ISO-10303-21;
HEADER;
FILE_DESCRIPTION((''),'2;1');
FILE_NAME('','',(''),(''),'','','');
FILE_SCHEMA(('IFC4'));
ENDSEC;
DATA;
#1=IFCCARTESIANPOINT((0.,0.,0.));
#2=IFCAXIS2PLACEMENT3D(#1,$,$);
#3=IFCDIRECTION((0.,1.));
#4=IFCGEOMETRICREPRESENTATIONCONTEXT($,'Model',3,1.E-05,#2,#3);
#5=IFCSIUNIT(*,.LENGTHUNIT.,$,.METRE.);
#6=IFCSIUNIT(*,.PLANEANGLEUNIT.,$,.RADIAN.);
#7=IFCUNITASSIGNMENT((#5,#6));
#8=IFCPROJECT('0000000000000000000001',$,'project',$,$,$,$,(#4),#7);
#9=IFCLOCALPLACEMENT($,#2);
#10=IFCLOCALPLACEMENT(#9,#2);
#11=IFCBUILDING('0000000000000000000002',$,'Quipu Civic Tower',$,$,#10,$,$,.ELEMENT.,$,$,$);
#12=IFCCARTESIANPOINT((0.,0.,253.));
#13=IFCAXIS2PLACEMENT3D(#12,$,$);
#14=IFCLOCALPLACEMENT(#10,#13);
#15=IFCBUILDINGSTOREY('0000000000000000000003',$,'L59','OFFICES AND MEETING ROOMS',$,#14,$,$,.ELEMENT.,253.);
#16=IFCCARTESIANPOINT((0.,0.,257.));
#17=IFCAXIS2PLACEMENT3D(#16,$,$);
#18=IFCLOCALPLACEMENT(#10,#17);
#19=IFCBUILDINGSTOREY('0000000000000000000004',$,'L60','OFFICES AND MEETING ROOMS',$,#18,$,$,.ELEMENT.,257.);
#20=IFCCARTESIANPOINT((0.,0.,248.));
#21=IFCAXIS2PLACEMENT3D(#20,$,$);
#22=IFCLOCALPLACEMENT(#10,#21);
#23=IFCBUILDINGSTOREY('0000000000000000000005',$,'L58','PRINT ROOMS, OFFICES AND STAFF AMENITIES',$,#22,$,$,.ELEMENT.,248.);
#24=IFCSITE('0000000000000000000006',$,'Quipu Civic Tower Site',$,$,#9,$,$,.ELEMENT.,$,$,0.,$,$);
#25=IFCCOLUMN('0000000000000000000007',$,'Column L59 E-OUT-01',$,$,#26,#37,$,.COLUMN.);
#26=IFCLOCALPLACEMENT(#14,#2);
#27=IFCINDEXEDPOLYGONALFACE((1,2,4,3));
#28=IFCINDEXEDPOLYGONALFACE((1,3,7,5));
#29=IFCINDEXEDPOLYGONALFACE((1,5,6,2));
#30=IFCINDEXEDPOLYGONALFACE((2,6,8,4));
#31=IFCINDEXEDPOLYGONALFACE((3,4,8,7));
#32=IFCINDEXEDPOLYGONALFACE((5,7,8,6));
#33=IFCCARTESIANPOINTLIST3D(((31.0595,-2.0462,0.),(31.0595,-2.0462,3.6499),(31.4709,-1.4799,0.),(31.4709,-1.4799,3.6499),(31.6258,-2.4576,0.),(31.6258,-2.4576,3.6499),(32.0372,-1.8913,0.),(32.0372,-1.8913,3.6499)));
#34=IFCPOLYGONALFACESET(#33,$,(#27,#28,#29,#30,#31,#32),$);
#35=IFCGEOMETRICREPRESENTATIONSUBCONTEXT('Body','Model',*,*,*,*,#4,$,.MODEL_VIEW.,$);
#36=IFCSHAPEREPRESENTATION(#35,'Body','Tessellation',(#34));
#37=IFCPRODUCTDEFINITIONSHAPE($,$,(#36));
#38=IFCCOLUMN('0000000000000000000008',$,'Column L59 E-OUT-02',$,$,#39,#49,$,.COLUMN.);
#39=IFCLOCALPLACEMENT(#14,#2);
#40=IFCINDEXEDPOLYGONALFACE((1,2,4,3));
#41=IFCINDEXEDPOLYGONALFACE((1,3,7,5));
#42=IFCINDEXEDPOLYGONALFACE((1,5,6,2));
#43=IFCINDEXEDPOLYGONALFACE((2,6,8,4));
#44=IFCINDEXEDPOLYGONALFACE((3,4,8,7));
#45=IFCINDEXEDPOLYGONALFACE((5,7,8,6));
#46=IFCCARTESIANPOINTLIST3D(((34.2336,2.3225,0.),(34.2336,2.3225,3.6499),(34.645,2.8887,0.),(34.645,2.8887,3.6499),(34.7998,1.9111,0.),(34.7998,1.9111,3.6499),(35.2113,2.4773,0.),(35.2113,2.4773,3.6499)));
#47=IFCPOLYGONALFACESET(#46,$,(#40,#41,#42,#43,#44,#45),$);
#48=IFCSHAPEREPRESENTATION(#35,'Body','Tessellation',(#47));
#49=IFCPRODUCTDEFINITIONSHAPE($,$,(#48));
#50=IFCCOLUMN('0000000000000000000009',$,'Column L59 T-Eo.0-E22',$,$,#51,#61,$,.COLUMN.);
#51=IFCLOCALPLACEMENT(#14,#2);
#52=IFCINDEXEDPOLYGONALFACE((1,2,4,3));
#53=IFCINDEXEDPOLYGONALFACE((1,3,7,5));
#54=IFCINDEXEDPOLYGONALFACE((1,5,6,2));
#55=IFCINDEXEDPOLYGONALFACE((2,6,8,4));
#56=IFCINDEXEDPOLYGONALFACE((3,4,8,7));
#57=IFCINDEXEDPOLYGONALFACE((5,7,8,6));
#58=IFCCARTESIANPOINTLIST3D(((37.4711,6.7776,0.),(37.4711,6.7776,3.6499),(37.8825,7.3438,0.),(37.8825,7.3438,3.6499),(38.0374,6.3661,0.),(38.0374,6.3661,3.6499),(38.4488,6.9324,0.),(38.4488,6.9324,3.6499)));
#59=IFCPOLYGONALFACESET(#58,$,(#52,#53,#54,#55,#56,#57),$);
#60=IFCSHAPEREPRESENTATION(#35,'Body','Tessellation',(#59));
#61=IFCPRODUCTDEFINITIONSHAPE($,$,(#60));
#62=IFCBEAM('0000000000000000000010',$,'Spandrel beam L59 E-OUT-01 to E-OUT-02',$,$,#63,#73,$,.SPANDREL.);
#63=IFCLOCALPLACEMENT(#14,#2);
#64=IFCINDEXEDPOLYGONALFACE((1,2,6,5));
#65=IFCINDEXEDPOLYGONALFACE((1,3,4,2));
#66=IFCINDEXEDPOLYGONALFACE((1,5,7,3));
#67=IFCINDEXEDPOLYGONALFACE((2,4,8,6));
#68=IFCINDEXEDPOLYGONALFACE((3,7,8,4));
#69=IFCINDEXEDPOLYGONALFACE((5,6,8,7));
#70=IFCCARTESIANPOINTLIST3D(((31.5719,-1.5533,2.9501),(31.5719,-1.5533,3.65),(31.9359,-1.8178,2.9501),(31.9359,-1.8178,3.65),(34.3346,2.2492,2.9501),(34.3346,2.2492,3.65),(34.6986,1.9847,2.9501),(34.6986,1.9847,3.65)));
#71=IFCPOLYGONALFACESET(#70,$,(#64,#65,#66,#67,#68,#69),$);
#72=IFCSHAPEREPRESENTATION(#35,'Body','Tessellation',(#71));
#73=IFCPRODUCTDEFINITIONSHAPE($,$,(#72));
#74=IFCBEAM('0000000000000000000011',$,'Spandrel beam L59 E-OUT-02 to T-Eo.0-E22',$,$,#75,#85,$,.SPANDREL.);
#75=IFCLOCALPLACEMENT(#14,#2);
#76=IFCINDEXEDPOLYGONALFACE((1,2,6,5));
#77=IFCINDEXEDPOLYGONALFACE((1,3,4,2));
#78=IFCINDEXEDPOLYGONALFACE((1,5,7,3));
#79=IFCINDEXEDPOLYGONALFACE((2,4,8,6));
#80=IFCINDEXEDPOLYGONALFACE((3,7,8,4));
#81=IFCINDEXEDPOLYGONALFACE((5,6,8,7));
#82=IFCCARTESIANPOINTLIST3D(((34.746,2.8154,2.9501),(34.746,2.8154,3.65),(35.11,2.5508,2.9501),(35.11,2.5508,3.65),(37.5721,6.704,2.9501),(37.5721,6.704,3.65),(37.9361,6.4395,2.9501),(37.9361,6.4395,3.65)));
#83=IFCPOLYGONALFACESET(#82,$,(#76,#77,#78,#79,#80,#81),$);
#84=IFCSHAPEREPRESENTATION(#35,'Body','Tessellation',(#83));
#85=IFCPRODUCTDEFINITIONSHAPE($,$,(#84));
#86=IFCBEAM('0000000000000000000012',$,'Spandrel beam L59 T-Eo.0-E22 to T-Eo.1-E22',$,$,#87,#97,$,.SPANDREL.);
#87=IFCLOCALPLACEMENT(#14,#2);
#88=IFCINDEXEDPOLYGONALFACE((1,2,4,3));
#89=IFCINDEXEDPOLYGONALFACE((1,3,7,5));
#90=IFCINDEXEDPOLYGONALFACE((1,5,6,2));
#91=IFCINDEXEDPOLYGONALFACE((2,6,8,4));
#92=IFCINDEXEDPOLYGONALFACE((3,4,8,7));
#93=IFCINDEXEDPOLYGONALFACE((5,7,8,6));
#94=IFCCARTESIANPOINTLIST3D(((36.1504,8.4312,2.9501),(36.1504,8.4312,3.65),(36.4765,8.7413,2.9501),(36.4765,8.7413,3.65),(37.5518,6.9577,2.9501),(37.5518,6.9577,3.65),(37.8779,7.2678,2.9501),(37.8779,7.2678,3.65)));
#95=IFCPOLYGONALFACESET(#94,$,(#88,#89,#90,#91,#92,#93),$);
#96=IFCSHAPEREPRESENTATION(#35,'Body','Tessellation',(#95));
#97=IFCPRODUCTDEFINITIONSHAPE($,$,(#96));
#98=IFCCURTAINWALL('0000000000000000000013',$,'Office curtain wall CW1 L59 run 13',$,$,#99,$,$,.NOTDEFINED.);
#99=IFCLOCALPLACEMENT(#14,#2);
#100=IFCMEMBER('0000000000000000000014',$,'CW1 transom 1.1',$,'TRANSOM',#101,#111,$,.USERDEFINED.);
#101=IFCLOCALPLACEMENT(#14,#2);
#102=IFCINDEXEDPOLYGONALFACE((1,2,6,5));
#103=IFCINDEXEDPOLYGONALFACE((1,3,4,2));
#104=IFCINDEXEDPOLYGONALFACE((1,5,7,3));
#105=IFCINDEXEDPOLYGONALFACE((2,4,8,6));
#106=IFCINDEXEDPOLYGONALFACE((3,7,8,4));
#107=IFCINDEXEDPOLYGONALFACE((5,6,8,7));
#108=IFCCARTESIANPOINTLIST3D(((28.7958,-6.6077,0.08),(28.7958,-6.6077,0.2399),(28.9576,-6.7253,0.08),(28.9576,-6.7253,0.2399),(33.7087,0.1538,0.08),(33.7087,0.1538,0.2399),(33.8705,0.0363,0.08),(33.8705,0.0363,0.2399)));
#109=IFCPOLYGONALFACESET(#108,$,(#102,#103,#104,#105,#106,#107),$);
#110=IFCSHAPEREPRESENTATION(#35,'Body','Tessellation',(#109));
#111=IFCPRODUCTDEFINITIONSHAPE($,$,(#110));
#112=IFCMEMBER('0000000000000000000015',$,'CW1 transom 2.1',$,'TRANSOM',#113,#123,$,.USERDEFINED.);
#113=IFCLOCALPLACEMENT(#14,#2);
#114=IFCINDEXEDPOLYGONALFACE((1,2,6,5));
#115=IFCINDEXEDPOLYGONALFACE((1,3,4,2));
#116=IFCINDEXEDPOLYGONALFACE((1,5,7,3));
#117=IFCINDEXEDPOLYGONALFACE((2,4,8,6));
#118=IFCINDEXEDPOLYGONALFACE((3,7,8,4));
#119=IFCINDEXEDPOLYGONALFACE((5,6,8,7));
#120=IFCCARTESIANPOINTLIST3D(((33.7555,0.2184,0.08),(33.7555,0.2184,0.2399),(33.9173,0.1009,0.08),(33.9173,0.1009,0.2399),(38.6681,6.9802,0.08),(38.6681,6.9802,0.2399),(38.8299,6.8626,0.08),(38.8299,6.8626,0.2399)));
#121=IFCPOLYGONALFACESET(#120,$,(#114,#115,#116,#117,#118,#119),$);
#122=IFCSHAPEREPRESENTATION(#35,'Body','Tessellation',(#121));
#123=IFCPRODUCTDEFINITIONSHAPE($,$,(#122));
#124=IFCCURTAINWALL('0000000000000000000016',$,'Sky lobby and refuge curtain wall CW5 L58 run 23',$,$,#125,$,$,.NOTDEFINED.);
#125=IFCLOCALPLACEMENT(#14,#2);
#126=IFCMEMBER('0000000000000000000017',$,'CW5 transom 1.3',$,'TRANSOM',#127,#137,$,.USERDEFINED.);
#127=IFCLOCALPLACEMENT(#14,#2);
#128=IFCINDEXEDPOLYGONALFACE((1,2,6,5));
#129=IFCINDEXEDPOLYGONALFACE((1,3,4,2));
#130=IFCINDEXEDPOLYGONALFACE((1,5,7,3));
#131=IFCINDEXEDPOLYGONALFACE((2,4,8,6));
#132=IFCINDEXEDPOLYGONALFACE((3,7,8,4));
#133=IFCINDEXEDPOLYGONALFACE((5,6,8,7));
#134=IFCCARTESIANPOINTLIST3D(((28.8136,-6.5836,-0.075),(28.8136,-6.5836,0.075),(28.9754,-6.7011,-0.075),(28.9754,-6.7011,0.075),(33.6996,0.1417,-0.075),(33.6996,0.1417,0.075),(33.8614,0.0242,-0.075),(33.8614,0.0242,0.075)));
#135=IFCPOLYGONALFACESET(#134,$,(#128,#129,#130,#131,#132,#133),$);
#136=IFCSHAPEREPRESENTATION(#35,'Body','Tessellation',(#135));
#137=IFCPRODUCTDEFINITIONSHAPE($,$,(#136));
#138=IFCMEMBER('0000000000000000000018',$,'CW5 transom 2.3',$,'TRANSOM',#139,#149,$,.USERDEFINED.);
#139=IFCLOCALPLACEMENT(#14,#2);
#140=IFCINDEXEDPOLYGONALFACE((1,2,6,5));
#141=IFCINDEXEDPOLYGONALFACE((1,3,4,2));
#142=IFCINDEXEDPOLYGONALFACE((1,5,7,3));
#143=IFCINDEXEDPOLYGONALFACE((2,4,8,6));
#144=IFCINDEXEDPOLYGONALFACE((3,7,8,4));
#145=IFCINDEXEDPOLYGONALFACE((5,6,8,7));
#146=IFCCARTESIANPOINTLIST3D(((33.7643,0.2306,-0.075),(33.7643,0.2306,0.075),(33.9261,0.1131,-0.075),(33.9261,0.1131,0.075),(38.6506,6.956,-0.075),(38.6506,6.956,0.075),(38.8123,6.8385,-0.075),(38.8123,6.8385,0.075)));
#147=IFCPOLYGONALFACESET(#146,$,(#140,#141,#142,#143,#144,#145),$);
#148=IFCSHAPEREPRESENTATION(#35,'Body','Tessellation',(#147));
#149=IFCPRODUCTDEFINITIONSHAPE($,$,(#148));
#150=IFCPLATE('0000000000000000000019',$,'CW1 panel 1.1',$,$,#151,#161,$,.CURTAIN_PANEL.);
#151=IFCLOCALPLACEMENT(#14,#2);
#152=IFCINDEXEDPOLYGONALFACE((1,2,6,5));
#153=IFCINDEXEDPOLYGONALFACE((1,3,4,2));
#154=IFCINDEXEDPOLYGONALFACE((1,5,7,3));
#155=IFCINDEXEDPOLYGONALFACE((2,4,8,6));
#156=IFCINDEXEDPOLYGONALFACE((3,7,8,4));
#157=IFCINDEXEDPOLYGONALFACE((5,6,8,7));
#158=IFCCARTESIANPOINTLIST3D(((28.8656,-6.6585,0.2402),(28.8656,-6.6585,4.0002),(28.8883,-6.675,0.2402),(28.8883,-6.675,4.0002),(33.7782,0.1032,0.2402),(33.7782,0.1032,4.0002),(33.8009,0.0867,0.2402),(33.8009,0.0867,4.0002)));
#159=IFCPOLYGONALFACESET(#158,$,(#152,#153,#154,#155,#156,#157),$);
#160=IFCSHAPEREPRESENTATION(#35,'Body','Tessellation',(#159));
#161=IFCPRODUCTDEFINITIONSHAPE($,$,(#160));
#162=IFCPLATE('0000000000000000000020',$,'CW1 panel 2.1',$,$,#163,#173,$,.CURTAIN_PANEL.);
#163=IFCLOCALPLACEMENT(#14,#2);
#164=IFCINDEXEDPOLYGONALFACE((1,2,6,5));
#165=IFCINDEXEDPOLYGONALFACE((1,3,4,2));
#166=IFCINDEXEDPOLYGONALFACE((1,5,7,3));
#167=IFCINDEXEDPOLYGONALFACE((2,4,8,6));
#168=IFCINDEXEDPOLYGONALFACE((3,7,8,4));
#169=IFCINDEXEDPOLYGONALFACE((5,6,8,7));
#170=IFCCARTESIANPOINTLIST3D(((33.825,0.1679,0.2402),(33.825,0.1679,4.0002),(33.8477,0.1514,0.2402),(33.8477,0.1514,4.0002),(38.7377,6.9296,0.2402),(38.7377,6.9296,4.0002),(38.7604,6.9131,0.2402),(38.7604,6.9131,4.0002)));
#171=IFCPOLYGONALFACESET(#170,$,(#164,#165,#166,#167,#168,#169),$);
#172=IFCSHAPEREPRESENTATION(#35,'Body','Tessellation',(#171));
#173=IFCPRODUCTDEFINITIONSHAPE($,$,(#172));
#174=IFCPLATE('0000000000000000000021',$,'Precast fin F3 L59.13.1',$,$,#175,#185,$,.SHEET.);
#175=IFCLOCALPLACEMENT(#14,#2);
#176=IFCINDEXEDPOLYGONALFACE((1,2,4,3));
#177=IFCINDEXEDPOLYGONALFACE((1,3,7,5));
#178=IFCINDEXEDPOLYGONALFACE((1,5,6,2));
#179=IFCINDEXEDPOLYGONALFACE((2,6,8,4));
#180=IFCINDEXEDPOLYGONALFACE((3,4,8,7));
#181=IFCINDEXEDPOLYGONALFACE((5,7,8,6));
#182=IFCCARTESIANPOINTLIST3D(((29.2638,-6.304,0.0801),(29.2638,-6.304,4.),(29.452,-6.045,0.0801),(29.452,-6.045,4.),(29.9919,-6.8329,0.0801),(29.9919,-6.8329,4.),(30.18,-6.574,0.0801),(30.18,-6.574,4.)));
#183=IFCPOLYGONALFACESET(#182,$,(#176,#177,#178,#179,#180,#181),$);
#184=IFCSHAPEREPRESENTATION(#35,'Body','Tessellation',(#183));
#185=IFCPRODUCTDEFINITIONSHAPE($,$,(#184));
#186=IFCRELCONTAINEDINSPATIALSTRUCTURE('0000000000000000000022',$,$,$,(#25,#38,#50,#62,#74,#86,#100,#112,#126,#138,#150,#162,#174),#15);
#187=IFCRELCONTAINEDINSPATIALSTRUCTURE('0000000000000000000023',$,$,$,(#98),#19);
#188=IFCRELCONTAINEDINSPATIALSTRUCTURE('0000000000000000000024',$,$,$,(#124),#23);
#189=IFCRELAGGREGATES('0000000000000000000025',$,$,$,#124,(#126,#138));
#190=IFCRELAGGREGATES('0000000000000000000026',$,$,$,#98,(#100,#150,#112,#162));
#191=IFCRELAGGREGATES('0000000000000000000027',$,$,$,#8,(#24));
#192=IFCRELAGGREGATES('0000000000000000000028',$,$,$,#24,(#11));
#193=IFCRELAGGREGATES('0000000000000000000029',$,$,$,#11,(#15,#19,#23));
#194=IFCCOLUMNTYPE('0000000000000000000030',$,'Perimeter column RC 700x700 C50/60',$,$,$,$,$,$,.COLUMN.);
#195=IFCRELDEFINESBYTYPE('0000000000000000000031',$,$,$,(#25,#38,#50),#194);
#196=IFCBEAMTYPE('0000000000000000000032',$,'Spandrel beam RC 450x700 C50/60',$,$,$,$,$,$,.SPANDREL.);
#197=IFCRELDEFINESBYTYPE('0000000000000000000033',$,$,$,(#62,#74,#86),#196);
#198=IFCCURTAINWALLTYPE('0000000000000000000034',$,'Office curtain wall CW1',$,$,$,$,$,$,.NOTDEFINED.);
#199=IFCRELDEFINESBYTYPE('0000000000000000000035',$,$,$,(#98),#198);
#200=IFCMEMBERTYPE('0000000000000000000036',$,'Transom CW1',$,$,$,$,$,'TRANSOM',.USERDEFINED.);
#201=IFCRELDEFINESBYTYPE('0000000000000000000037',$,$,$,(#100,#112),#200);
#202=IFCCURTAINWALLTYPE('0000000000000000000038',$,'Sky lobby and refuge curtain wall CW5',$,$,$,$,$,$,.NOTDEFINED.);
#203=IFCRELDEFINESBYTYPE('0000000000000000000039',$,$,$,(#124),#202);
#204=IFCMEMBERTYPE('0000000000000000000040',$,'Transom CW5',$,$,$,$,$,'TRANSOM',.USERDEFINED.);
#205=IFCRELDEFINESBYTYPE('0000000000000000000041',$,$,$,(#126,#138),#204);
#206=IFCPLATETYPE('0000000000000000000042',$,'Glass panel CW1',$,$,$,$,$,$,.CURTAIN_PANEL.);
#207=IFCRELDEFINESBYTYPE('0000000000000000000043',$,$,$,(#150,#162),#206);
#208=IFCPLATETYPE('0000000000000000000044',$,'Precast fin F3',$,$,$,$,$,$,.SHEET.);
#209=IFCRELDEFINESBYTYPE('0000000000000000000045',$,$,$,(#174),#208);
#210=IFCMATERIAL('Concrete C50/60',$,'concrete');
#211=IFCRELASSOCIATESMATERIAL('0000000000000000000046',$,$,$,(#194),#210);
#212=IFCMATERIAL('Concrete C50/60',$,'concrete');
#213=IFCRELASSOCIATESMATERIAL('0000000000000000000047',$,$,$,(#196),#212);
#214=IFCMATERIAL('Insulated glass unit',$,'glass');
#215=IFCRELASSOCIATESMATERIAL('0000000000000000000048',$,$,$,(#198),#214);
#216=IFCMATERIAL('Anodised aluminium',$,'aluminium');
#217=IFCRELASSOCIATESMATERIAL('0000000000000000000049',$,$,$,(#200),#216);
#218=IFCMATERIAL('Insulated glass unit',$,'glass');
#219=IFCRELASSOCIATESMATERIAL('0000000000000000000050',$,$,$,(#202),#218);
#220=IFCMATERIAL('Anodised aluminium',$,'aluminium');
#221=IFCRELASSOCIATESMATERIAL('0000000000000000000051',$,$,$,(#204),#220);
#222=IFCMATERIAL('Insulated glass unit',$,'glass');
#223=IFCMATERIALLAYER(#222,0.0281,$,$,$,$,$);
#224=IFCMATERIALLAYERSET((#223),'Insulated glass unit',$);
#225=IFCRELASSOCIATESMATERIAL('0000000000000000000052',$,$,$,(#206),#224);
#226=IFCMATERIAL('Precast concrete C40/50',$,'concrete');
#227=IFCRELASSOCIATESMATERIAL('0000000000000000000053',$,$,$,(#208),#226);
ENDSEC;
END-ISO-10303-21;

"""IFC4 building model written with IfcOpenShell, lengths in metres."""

from ifc_helpers import new_model, si_unit, direction, frame, origin, origin_2d, place, context, subcontext, project, spatial, rectangle, extrude, material, layer, layer_set, material_profile, profile_set, type_object, element, aggregate, save


model = new_model("IFC4")

# Units and contexts
model_context = context("Model", 3, precision=1e-05, world=origin(), true_north=direction((0.0, 1.0)))
body_context = subcontext(model_context, "Body", "Model", "MODEL_VIEW")
ifc_project = project(units=[si_unit("LENGTHUNIT", "METRE"), si_unit("PLANEANGLEUNIT", "RADIAN")], contexts=[model_context])

# Site, building, storey
site_placement = place(None, origin())
site = spatial("IfcSite", under=ifc_project, at=site_placement, Name="Quipu Civic Tower Site", CompositionType="ELEMENT", RefElevation=0.0)
building_placement = place(site_placement, origin())
building = spatial("IfcBuilding", under=site, at=building_placement, Name="Quipu Civic Tower", CompositionType="ELEMENT")
storey_1_placement = place(building_placement, frame((0.0, 0.0, 253.0)))
storey_1 = spatial("IfcBuildingStorey", under=building, at=storey_1_placement, Name="L59", Description="OFFICES AND MEETING ROOMS", CompositionType="ELEMENT", Elevation=253.0)

# Columns
ifc_material_1 = material(Name="Concrete C50/60", Category="concrete")
ifc_material_profile_1 = material_profile(ifc_material_1, rectangle(XDim=0.7, YDim=0.7, at=origin_2d()), Name="RC700x700")
ifc_profile_set_1 = profile_set([ifc_material_profile_1], Name="Concrete C50/60")
column_type = type_object("IfcColumnType", Name="Perimeter column RC 700x700 C50/60", PredefinedType="COLUMN", material=ifc_profile_set_1)
for number, where, z_axis, x_axis, name in (
    (1, (31.5483, -1.9688, 0.0), (0.0, 0.0, 1.0), (0.587785, 0.809017, 0.0), "Column L59 E-OUT-01"),
    (2, (34.7224, 2.3999, 0.0), (0.0, 0.0, 1.0), (0.587785, 0.809017, 0.0), "Column L59 E-OUT-02"),
    (3, (37.96, 6.855, 0.0), (0.0, 0.0, 1.0), (0.587785, 0.809017, 0.0), "Column L59 T-Eo.0-E22"),
):
    element("IfcColumn", number, at=place(storey_1_placement, frame(where, z_axis=z_axis, x_axis=x_axis)), inside=storey_1, type_object=column_type, Name=name, PredefinedType="COLUMN", context=body_context, shape_type="SweptSolid", body=[
        extrude(rectangle(XDim=0.7, YDim=0.7, at=origin_2d()), origin(), (0.0, 0.0, 1.0), 3.6499),
    ])

# Beams
ifc_material_2 = material(Name="Concrete C50/60", Category="concrete")
ifc_material_profile_2 = material_profile(ifc_material_2, rectangle(XDim=0.45, YDim=0.7, at=origin_2d()), Name="RC450x700")
ifc_profile_set_2 = profile_set([ifc_material_profile_2], Name="Concrete C50/60")
beam_type = type_object("IfcBeamType", Name="Spandrel beam RC 450x700 C50/60", PredefinedType="SPANDREL", material=ifc_profile_set_2)
beam_1_placement = place(storey_1_placement, frame((31.7539, -1.6855, 3.3), z_axis=(0.587789, 0.809015, 0.0), x_axis=(-0.809015, 0.587789, 0.0)))
element("IfcBeam", 4, at=beam_1_placement, inside=storey_1, type_object=beam_type, Name="Spandrel beam L59 E-OUT-01 to E-OUT-02", PredefinedType="SPANDREL", context=body_context, shape_type="SweptSolid", body=[
    extrude(rectangle(XDim=0.45, YDim=0.7, at=origin_2d()), origin(), (0.0, 0.0, 1.0), 4.7002),
])
beam_2_placement = place(storey_1_placement, frame((34.928, 2.6831, 3.3), z_axis=(0.587906, 0.808929, 0.0), x_axis=(-0.808929, 0.587906, 0.0)))
element("IfcBeam", 5, at=beam_2_placement, inside=storey_1, type_object=beam_type, Name="Spandrel beam L59 E-OUT-02 to T-Eo.0-E22", PredefinedType="SPANDREL", context=body_context, shape_type="SweptSolid", body=[
    extrude(rectangle(XDim=0.45, YDim=0.7, at=origin_2d()), origin(), (0.0, 0.0, 1.0), 4.8071),
])
beam_3_placement = place(storey_1_placement, frame((37.7148, 7.1128, 3.3), z_axis=(-0.689175, 0.724595, 0.0), x_axis=(-0.724595, -0.689175, 0.0)))
element("IfcBeam", 6, at=beam_3_placement, inside=storey_1, type_object=beam_type, Name="Spandrel beam L59 T-Eo.0-E22 to T-Eo.1-E22", PredefinedType="SPANDREL", context=body_context, shape_type="SweptSolid", body=[
    extrude(rectangle(XDim=0.45, YDim=0.7, at=origin_2d()), origin(), (0.0, 0.0, 1.0), 2.0334),
])

# Shared definitions
storey_2_placement = place(building_placement, frame((0.0, 0.0, 257.0)))
storey_2 = spatial("IfcBuildingStorey", under=building, at=storey_2_placement, Name="L60", Description="OFFICES AND MEETING ROOMS", CompositionType="ELEMENT", Elevation=257.0)

# Curtain wall, members
ifc_material_3 = material(Name="Insulated glass unit", Category="glass")
curtain_wall_type_1 = type_object("IfcCurtainWallType", Name="Office curtain wall CW1", PredefinedType="NOTDEFINED", material=ifc_material_3)
curtain_wall_1_placement = place(storey_2_placement, origin())
curtain_wall_1 = element("IfcCurtainWall", 7, at=curtain_wall_1_placement, inside=storey_2, type_object=curtain_wall_type_1, Name="Office curtain wall CW1 L59 run 13", PredefinedType="NOTDEFINED")
ifc_material_4 = material(Name="Anodised aluminium", Category="aluminium")
ifc_material_profile_3 = material_profile(ifc_material_4, rectangle(XDim=0.2, YDim=0.1599, at=origin_2d()), Name="RECT 200x160")
ifc_profile_set_3 = profile_set([ifc_material_profile_3], Name="Anodised aluminium")
member_type_1 = type_object("IfcMemberType", Name="Transom CW1", ElementType="TRANSOM", PredefinedType="USERDEFINED", material=ifc_profile_set_3)
member_1_placement = place(storey_1_placement, frame((28.8767, -6.6665, 0.1599), z_axis=(0.587812, 0.808997, 0.0), x_axis=(-0.808997, 0.587812, 0.0)))
member_1 = element("IfcMember", 8, at=member_1_placement, inside=storey_1, type_object=member_type_1, Name="CW1 transom 1.1", ObjectType="TRANSOM", PredefinedType="USERDEFINED", context=body_context, shape_type="SweptSolid", body=[
    extrude(rectangle(XDim=0.2, YDim=0.1599, at=origin_2d()), origin(), (0.0, 0.0, 1.0), 8.3579),
])
member_2_placement = place(storey_1_placement, frame((33.8364, 0.1597, 0.1599), z_axis=(0.587779, 0.809021, 0.0), x_axis=(-0.809021, 0.587779, 0.0)))
member_2 = element("IfcMember", 9, at=member_2_placement, inside=storey_1, type_object=member_type_1, Name="CW1 transom 2.1", ObjectType="TRANSOM", PredefinedType="USERDEFINED", context=body_context, shape_type="SweptSolid", body=[
    extrude(rectangle(XDim=0.2, YDim=0.1599, at=origin_2d()), origin(), (0.0, 0.0, 1.0), 8.3579),
])

# Shared definitions
storey_3_placement = place(building_placement, frame((0.0, 0.0, 248.0)))
storey_3 = spatial("IfcBuildingStorey", under=building, at=storey_3_placement, Name="L58", Description="PRINT ROOMS, OFFICES AND STAFF AMENITIES", CompositionType="ELEMENT", Elevation=248.0)

# Curtain wall, members
ifc_material_5 = material(Name="Insulated glass unit", Category="glass")
curtain_wall_type_2 = type_object("IfcCurtainWallType", Name="Sky lobby and refuge curtain wall CW5", PredefinedType="NOTDEFINED", material=ifc_material_5)
curtain_wall_2_placement = place(storey_3_placement, origin())
curtain_wall_2 = element("IfcCurtainWall", 10, at=curtain_wall_2_placement, inside=storey_3, type_object=curtain_wall_type_2, Name="Sky lobby and refuge curtain wall CW5 L58 run 23", PredefinedType="NOTDEFINED")
ifc_material_6 = material(Name="Anodised aluminium", Category="aluminium")
ifc_material_profile_4 = material_profile(ifc_material_6, rectangle(XDim=0.2, YDim=0.1499, at=origin_2d()), Name="RECT 200x150")
ifc_profile_set_4 = profile_set([ifc_material_profile_4], Name="Anodised aluminium")
member_type_2 = type_object("IfcMemberType", Name="Transom CW5", ElementType="TRANSOM", PredefinedType="USERDEFINED", material=ifc_profile_set_4)
member_3_placement = place(storey_1_placement, frame((28.8945, -6.6423, 0.0), z_axis=(0.587765, 0.809032, 0.0), x_axis=(-0.809032, 0.587765, 0.0)))
member_3 = element("IfcMember", 11, at=member_3_placement, inside=storey_1, type_object=member_type_2, Name="CW5 transom 1.3", ObjectType="TRANSOM", PredefinedType="USERDEFINED", context=body_context, shape_type="SweptSolid", body=[
    extrude(rectangle(XDim=0.2, YDim=0.1499, at=origin_2d()), origin(), (0.0, 0.0, 1.0), 8.3127),
])
member_4_placement = place(storey_1_placement, frame((33.8452, 0.1719, 0.0), z_axis=(0.587784, 0.809018, 0.0), x_axis=(-0.809018, 0.587784, 0.0)))
member_4 = element("IfcMember", 12, at=member_4_placement, inside=storey_1, type_object=member_type_2, Name="CW5 transom 2.3", ObjectType="TRANSOM", PredefinedType="USERDEFINED", context=body_context, shape_type="SweptSolid", body=[
    extrude(rectangle(XDim=0.2, YDim=0.1499, at=origin_2d()), origin(), (0.0, 0.0, 1.0), 8.313),
])
aggregate(curtain_wall_2, [member_3, member_4])

# Plates
ifc_material_7 = material(Name="Insulated glass unit", Category="glass")
ifc_layer = layer(ifc_material_7, 0.0281)
ifc_layer_set = layer_set([ifc_layer], Name="Insulated glass unit")
plate_type_1 = type_object("IfcPlateType", Name="Glass panel CW1", PredefinedType="CURTAIN_PANEL", material=ifc_layer_set)
plate_1_placement = place(storey_1_placement, frame((31.3333, -3.2859, 0.2402), z_axis=(0.0, 0.0, 1.0), x_axis=(0.587786, 0.809016, 0.0)))
plate_1 = element("IfcPlate", 13, at=plate_1_placement, inside=storey_1, type_object=plate_type_1, Name="CW1 panel 1.1", PredefinedType="CURTAIN_PANEL", context=body_context, shape_type="SweptSolid", body=[
    extrude(rectangle(XDim=8.3579, YDim=0.0281, at=origin_2d()), origin(), (0.0, 0.0, 1.0), 3.76),
])
plate_2_placement = place(storey_1_placement, frame((36.2927, 3.5405, 0.2402), z_axis=(0.0, 0.0, 1.0), x_axis=(0.587786, 0.809016, 0.0)))
plate_2 = element("IfcPlate", 14, at=plate_2_placement, inside=storey_1, type_object=plate_type_1, Name="CW1 panel 2.1", PredefinedType="CURTAIN_PANEL", context=body_context, shape_type="SweptSolid", body=[
    extrude(rectangle(XDim=8.3579, YDim=0.0281, at=origin_2d()), origin(), (0.0, 0.0, 1.0), 3.76),
])
aggregate(curtain_wall_1, [member_1, plate_1, member_2, plate_2])

# Plate
ifc_material_8 = material(Name="Precast concrete C40/50", Category="concrete")
plate_type_2 = type_object("IfcPlateType", Name="Precast fin F3", PredefinedType="SHEET", material=ifc_material_8)
for number, where, z_axis, x_axis, name in (
    (15, (29.7219, -6.439, 0.0801), (0.0, 0.0, 1.0), (0.587787, 0.809016, 0.0), "Precast fin F3 L59.13.1"),
):
    element("IfcPlate", number, at=place(storey_1_placement, frame(where, z_axis=z_axis, x_axis=x_axis)), inside=storey_1, type_object=plate_type_2, Name=name, PredefinedType="SHEET", context=body_context, shape_type="SweptSolid", body=[
        extrude(rectangle(XDim=0.3201, YDim=0.8999, at=origin_2d()), origin(), (0.0, 0.0, 1.0), 3.9199),
    ])

save(model, "model.ifc")
